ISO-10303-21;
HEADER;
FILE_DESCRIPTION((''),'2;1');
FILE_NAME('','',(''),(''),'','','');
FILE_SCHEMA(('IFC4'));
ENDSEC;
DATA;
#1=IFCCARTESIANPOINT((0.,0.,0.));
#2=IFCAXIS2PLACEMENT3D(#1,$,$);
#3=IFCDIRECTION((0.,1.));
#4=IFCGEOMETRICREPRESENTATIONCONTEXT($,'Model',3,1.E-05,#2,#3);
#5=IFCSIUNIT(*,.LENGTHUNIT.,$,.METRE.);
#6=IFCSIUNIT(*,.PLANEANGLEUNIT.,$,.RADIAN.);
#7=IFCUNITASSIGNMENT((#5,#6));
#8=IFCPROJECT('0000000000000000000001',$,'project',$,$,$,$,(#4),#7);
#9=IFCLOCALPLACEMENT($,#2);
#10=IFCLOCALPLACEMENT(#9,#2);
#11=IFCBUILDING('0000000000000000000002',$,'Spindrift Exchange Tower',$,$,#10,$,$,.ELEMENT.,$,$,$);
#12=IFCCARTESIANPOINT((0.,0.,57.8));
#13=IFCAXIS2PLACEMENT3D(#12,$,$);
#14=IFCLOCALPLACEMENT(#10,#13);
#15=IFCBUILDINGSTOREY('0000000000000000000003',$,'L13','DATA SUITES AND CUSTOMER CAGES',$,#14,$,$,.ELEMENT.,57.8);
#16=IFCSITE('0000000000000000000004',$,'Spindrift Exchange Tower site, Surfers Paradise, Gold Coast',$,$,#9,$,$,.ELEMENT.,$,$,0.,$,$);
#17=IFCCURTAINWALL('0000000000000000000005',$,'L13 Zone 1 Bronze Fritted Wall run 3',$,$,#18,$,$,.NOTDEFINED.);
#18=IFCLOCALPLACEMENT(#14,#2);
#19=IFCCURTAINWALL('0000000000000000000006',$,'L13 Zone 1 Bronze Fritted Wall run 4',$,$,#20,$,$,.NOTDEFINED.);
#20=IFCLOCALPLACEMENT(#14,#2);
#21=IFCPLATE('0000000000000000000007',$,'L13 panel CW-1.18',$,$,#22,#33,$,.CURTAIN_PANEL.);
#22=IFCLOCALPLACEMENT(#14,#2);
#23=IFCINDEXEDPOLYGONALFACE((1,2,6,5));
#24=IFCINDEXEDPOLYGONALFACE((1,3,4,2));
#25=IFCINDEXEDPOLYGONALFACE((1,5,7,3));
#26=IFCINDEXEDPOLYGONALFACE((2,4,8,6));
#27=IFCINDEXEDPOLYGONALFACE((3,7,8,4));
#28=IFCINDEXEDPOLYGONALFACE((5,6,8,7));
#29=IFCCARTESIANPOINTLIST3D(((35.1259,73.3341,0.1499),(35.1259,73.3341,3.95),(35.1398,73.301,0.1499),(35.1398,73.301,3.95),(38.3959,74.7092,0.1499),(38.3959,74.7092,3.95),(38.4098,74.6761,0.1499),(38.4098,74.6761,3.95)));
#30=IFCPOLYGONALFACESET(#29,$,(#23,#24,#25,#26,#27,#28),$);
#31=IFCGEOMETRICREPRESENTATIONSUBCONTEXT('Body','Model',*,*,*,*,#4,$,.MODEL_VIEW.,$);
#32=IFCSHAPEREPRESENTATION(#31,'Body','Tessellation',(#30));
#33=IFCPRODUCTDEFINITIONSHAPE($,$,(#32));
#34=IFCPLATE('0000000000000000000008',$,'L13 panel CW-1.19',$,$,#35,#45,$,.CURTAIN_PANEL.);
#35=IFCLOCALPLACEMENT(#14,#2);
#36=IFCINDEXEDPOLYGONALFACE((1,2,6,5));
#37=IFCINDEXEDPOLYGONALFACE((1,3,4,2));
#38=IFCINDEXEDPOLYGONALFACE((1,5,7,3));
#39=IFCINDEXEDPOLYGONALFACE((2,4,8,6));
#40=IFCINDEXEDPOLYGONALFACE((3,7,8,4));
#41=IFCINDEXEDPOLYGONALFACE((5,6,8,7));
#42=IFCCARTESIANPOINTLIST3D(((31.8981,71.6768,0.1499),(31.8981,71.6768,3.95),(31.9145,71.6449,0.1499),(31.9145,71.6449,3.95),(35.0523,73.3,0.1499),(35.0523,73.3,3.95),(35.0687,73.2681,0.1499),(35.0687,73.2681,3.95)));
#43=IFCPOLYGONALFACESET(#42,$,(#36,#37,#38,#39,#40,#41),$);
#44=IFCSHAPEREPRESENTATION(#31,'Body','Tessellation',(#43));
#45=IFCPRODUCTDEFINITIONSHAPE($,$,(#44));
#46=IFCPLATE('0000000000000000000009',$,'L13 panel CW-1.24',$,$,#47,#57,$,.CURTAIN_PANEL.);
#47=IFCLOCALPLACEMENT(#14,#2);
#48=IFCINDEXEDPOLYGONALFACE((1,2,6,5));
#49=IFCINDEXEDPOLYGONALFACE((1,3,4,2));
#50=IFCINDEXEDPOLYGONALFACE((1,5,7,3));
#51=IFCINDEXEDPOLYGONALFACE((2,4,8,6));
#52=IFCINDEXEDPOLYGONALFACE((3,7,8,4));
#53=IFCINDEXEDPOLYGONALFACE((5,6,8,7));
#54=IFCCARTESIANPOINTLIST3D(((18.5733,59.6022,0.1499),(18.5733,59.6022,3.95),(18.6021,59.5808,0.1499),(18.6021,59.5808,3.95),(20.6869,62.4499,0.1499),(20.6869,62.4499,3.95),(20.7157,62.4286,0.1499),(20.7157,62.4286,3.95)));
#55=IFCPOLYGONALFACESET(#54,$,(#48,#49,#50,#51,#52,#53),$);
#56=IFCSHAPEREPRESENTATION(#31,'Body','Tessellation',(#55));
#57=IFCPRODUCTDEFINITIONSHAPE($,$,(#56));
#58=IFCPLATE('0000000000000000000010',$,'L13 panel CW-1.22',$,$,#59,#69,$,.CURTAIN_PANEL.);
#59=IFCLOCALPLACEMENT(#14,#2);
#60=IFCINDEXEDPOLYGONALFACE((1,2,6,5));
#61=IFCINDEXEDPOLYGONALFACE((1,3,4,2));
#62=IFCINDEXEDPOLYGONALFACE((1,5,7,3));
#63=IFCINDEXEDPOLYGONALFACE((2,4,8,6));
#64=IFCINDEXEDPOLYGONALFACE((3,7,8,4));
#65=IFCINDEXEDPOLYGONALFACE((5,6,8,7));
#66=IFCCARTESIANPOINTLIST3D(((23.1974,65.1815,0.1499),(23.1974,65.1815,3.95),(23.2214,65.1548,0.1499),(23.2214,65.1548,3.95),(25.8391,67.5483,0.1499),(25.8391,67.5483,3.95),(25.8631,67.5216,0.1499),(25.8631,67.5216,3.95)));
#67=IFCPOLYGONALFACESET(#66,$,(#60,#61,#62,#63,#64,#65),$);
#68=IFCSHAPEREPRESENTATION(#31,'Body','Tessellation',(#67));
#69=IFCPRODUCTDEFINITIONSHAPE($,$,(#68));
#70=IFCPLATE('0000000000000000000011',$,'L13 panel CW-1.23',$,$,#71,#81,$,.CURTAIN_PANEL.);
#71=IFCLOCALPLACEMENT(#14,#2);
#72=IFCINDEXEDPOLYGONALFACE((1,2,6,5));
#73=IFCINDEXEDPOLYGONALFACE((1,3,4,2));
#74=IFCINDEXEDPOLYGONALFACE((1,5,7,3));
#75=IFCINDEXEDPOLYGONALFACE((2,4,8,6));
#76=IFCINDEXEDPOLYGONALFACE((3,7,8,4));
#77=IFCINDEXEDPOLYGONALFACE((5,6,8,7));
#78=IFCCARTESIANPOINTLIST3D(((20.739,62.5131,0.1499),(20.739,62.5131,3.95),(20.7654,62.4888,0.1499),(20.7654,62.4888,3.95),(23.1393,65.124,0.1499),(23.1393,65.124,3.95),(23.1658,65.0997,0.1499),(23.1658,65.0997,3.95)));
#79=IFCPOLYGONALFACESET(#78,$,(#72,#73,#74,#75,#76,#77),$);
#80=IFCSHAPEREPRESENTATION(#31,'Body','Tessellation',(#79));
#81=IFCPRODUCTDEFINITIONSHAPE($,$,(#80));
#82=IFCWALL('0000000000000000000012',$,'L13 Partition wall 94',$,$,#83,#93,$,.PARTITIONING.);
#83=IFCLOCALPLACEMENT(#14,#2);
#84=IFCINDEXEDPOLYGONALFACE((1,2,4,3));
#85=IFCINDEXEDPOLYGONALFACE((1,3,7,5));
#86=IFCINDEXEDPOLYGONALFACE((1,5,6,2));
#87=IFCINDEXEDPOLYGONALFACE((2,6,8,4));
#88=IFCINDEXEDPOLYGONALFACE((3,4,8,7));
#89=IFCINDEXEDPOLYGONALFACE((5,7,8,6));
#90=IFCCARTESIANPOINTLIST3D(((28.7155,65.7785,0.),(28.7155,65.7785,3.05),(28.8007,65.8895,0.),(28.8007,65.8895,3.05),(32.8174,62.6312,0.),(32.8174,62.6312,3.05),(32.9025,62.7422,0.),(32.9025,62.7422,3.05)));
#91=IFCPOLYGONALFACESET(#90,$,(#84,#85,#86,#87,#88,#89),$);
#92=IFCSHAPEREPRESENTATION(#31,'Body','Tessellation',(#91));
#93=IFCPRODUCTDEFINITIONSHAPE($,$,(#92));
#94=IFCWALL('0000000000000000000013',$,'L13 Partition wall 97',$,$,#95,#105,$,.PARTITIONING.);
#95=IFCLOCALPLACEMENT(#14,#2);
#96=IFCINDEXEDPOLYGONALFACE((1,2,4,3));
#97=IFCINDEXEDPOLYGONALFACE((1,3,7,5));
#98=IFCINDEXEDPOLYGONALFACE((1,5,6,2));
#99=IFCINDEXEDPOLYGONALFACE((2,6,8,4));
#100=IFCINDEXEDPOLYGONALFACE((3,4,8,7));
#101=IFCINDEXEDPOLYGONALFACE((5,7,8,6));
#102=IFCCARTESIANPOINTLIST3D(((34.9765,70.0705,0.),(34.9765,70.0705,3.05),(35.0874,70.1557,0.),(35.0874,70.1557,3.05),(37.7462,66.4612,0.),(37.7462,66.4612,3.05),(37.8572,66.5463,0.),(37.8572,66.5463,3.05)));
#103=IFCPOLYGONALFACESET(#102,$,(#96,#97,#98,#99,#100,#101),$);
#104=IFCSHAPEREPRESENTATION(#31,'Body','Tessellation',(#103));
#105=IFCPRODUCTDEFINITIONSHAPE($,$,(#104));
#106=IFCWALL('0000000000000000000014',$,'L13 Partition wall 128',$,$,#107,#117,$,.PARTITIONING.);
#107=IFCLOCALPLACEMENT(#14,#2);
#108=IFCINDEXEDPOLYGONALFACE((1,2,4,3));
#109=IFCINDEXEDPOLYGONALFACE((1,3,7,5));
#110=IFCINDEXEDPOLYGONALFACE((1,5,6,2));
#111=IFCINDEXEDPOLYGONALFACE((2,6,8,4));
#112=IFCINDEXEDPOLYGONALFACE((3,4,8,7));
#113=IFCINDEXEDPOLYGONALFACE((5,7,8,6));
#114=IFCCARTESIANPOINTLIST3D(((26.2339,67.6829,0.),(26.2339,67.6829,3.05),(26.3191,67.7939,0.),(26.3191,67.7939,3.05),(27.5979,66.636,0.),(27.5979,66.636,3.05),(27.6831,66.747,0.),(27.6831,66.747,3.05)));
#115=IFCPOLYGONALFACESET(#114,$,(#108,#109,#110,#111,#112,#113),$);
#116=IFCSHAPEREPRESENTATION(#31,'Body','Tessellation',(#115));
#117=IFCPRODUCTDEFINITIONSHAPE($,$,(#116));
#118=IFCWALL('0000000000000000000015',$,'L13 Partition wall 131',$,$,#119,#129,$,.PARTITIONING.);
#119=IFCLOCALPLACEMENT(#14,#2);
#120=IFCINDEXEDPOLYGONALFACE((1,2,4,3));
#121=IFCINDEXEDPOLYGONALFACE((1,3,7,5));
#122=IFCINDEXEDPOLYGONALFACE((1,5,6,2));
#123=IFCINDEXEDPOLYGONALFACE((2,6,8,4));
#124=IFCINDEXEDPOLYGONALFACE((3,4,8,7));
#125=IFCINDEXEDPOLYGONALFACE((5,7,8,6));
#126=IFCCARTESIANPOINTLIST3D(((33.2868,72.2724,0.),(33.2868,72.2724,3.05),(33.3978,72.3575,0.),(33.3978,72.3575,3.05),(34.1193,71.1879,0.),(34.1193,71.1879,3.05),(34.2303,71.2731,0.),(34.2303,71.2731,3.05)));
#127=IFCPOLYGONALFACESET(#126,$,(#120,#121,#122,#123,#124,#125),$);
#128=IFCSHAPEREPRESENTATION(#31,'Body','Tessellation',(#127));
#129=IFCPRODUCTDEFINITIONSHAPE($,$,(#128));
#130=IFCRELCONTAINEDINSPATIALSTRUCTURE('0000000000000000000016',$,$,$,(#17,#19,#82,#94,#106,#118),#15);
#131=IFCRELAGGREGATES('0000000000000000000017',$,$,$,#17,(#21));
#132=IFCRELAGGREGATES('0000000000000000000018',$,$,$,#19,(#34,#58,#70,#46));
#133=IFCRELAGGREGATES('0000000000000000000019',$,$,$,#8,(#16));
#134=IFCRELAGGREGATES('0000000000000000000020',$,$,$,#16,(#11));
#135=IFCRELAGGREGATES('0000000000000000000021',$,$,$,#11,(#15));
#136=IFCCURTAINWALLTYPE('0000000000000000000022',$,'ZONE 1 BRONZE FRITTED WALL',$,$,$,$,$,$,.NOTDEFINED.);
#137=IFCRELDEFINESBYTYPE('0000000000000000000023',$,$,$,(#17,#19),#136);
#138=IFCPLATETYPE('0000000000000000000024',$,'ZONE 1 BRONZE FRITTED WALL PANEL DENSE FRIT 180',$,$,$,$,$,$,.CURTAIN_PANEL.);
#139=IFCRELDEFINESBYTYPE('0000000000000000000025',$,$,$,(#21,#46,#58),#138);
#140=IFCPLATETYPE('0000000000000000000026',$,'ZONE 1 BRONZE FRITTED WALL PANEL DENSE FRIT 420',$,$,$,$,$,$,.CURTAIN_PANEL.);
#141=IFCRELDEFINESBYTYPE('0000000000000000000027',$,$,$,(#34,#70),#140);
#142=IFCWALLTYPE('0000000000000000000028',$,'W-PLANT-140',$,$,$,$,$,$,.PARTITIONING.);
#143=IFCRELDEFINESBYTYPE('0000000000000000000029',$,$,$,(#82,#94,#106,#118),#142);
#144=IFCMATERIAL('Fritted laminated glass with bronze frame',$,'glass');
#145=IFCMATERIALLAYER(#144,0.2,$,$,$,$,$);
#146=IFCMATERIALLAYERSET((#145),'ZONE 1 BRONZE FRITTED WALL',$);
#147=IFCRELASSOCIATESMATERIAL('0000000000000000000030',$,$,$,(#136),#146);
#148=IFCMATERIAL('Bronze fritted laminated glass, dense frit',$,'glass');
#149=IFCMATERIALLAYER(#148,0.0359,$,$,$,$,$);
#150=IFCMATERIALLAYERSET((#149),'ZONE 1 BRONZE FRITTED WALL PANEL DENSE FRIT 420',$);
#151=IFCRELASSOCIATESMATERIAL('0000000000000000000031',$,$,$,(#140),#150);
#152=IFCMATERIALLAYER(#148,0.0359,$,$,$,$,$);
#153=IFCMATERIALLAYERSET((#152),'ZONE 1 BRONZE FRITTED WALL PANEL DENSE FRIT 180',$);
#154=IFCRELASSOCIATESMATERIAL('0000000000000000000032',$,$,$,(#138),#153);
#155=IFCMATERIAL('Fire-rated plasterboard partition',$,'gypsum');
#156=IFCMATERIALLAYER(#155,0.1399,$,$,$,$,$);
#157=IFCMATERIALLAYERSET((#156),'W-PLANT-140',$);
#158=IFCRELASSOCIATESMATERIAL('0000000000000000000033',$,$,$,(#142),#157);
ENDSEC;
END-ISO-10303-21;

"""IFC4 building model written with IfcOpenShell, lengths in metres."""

from ifc_helpers import new_model, si_unit, direction, frame, frame_2d, origin, origin_2d, place, context, subcontext, project, spatial, rectangle, extrude, source, transform, mapped, material, layer, layer_set, type_object, element, aggregate, save


model = new_model("IFC4")

# Units and contexts
model_context = context("Model", 3, precision=1e-05, world=origin(), true_north=direction((0.0, 1.0)))
body_context = subcontext(model_context, "Body", "Model", "MODEL_VIEW")
ifc_project = project(units=[si_unit("LENGTHUNIT", "METRE"), si_unit("PLANEANGLEUNIT", "RADIAN")], contexts=[model_context])

# Site, building, storey
site_placement = place(None, origin())
site = spatial("IfcSite", under=ifc_project, at=site_placement, Name="Spindrift Exchange Tower site, Surfers Paradise, Gold Coast", CompositionType="ELEMENT", RefElevation=0.0)
building_placement = place(site_placement, origin())
building = spatial("IfcBuilding", under=site, at=building_placement, Name="Spindrift Exchange Tower", CompositionType="ELEMENT")
storey_placement = place(building_placement, frame((0.0, 0.0, 57.8)))
storey = spatial("IfcBuildingStorey", under=building, at=storey_placement, Name="L13", Description="DATA SUITES AND CUSTOMER CAGES", CompositionType="ELEMENT", Elevation=57.8)

# Curtain wall
ifc_material_1 = material(Name="Fritted laminated glass with bronze frame", Category="glass")
ifc_layer_1 = layer(ifc_material_1, 0.2)
ifc_layer_set_1 = layer_set([ifc_layer_1], Name="ZONE 1 BRONZE FRITTED WALL")
curtain_wall_type = type_object("IfcCurtainWallType", Name="ZONE 1 BRONZE FRITTED WALL", PredefinedType="NOTDEFINED", material=ifc_layer_set_1)
curtain_wall_1_placement = place(storey_placement, origin())
curtain_wall_1 = element("IfcCurtainWall", 1, at=curtain_wall_1_placement, inside=storey, type_object=curtain_wall_type, Name="L13 Zone 1 Bronze Fritted Wall run 3", PredefinedType="NOTDEFINED")

# Curtain wall
curtain_wall_2_placement = place(storey_placement, origin())
curtain_wall_2 = element("IfcCurtainWall", 2, at=curtain_wall_2_placement, inside=storey, type_object=curtain_wall_type, Name="L13 Zone 1 Bronze Fritted Wall run 4", PredefinedType="NOTDEFINED")

# Plates
ifc_material_2 = material(Name="Bronze fritted laminated glass, dense frit", Category="glass")
ifc_layer_2 = layer(ifc_material_2, 0.0359)
ifc_layer_set_2 = layer_set([ifc_layer_2], Name="ZONE 1 BRONZE FRITTED WALL PANEL DENSE FRIT 420")
plate_type_1 = type_object("IfcPlateType", Name="ZONE 1 BRONZE FRITTED WALL PANEL DENSE FRIT 420", PredefinedType="CURTAIN_PANEL", material=ifc_layer_set_2)
ifc_layer_3 = layer(ifc_material_2, 0.0359)
ifc_layer_set_3 = layer_set([ifc_layer_3], Name="ZONE 1 BRONZE FRITTED WALL PANEL DENSE FRIT 180")
plate_type_2 = type_object("IfcPlateType", Name="ZONE 1 BRONZE FRITTED WALL PANEL DENSE FRIT 180", PredefinedType="CURTAIN_PANEL", material=ifc_layer_set_3)
shared_shape_1 = source(origin(), body_context, "Body", "SweptSolid", [
    extrude(rectangle(XDim=3.5474, YDim=0.0359, at=origin_2d()), origin(), (0.0, 0.0, 1.0), 3.8),
])
plate_1_placement = place(storey_placement, frame((36.7678, 74.0051, 0.1499), z_axis=(0.0, 0.0, 1.0), x_axis=(-0.92181, -0.387641, 0.0)))
plate_1 = element("IfcPlate", 3, at=plate_1_placement, type_object=plate_type_2, Name="L13 panel CW-1.18", PredefinedType="CURTAIN_PANEL", context=body_context, shape_type="MappedRepresentation", body=[
    mapped(shared_shape_1, transform((0.0, 0.0, 0.0), scale=1.0)),
])
aggregate(curtain_wall_1, [plate_1])
shared_shape_2 = source(origin(), body_context, "Body", "SweptSolid", [
    extrude(rectangle(XDim=3.5474, YDim=0.0359, at=origin_2d()), origin(), (0.0, 0.0, 1.0), 3.8),
])
plate_2_placement = place(storey_placement, frame((33.4834, 72.4724, 0.1499), z_axis=(0.0, 0.0, 1.0), x_axis=(-0.889167, -0.457582, 0.0)))
plate_2 = element("IfcPlate", 4, at=plate_2_placement, type_object=plate_type_1, Name="L13 panel CW-1.19", PredefinedType="CURTAIN_PANEL", context=body_context, shape_type="MappedRepresentation", body=[
    mapped(shared_shape_2, transform((0.0, 0.0, 0.0), scale=1.0)),
])
shared_shape_3 = source(origin(), body_context, "Body", "SweptSolid", [
    extrude(rectangle(XDim=3.5464, YDim=0.0359, at=origin_2d()), origin(), (0.0, 0.0, 1.0), 3.8),
])
plate_3_placement = place(storey_placement, frame((19.6445, 61.0154, 0.1499), z_axis=(0.0, 0.0, 1.0), x_axis=(-0.595987, -0.802994, 0.0)))
plate_3 = element("IfcPlate", 5, at=plate_3_placement, type_object=plate_type_2, Name="L13 panel CW-1.24", PredefinedType="CURTAIN_PANEL", context=body_context, shape_type="MappedRepresentation", body=[
    mapped(shared_shape_3, transform((0.0, 0.0, 0.0), scale=1.0)),
])
shared_shape_4 = source(origin(), body_context, "Body", "SweptSolid", [
    extrude(rectangle(XDim=3.5469, YDim=0.0359, at=origin_2d()), origin(), (0.0, 0.0, 1.0), 3.8),
])
plate_4_placement = place(storey_placement, frame((24.5303, 66.3516, 0.1499), z_axis=(0.0, 0.0, 1.0), x_axis=(-0.744796, -0.667292, 0.0)))
plate_4 = element("IfcPlate", 6, at=plate_4_placement, type_object=plate_type_2, Name="L13 panel CW-1.22", PredefinedType="CURTAIN_PANEL", context=body_context, shape_type="MappedRepresentation", body=[
    mapped(shared_shape_4, transform((0.0, 0.0, 0.0), scale=1.0)),
])
shared_shape_5 = source(origin(), body_context, "Body", "SweptSolid", [
    extrude(rectangle(XDim=3.5466, YDim=0.0359, at=origin_2d()), origin(), (0.0, 0.0, 1.0), 3.8),
])
plate_5_placement = place(storey_placement, frame((21.9524, 63.8064, 0.1499), z_axis=(0.0, 0.0, 1.0), x_axis=(-0.676786, -0.73618, 0.0)))
plate_5 = element("IfcPlate", 7, at=plate_5_placement, type_object=plate_type_1, Name="L13 panel CW-1.23", PredefinedType="CURTAIN_PANEL", context=body_context, shape_type="MappedRepresentation", body=[
    mapped(shared_shape_5, transform((0.0, 0.0, 0.0), scale=1.0)),
])
aggregate(curtain_wall_2, [plate_2, plate_4, plate_5, plate_3])

# Walls
ifc_material_3 = material(Name="Fire-rated plasterboard partition", Category="gypsum")
ifc_layer_4 = layer(ifc_material_3, 0.1399)
ifc_layer_set_4 = layer_set([ifc_layer_4], Name="W-PLANT-140")
wall_type = type_object("IfcWallType", Name="W-PLANT-140", PredefinedType="PARTITIONING", material=ifc_layer_set_4)
wall_1_placement = place(storey_placement, frame((32.8599, 62.6868, 0.0), z_axis=(0.0, 0.0, 1.0), x_axis=(-0.793373, 0.608736, 0.0)))
element("IfcWall", 8, at=wall_1_placement, inside=storey, type_object=wall_type, Name="L13 Partition wall 94", PredefinedType="PARTITIONING", context=body_context, shape_type="SweptSolid", body=[
    extrude(rectangle(XDim=5.1702, YDim=0.1399, at=frame_2d((2.585, 0.0))), origin(), (0.0, 0.0, 1.0), 3.05),
])
wall_2_placement = place(storey_placement, frame((37.8018, 66.5037, 0.0), z_axis=(0.0, 0.0, 1.0), x_axis=(-0.60879, 0.793332, 0.0)))
element("IfcWall", 9, at=wall_2_placement, inside=storey, type_object=wall_type, Name="L13 Partition wall 97", PredefinedType="PARTITIONING", context=body_context, shape_type="SweptSolid", body=[
    extrude(rectangle(XDim=4.5496, YDim=0.1399, at=frame_2d((2.2749, 0.0))), origin(), (0.0, 0.0, 1.0), 3.05),
])
wall_3_placement = place(storey_placement, frame((27.6406, 66.6914, 0.0), z_axis=(0.0, 0.0, 1.0), x_axis=(-0.793289, 0.608846, 0.0)))
element("IfcWall", 10, at=wall_3_placement, inside=storey, type_object=wall_type, Name="L13 Partition wall 128", PredefinedType="PARTITIONING", context=body_context, shape_type="SweptSolid", body=[
    extrude(rectangle(XDim=1.7195, YDim=0.1399, at=frame_2d((0.8599, 0.0))), origin(), (0.0, 0.0, 1.0), 3.05),
])
wall_4_placement = place(storey_placement, frame((34.1748, 71.2305, 0.0), z_axis=(0.0, 0.0, 1.0), x_axis=(-0.608934, 0.793221, 0.0)))
element("IfcWall", 11, at=wall_4_placement, inside=storey, type_object=wall_type, Name="L13 Partition wall 131", PredefinedType="PARTITIONING", context=body_context, shape_type="SweptSolid", body=[
    extrude(rectangle(XDim=1.3672, YDim=0.1399, at=frame_2d((0.6836, 0.0))), origin(), (0.0, 0.0, 1.0), 3.05),
])

save(model, "model.ifc")
